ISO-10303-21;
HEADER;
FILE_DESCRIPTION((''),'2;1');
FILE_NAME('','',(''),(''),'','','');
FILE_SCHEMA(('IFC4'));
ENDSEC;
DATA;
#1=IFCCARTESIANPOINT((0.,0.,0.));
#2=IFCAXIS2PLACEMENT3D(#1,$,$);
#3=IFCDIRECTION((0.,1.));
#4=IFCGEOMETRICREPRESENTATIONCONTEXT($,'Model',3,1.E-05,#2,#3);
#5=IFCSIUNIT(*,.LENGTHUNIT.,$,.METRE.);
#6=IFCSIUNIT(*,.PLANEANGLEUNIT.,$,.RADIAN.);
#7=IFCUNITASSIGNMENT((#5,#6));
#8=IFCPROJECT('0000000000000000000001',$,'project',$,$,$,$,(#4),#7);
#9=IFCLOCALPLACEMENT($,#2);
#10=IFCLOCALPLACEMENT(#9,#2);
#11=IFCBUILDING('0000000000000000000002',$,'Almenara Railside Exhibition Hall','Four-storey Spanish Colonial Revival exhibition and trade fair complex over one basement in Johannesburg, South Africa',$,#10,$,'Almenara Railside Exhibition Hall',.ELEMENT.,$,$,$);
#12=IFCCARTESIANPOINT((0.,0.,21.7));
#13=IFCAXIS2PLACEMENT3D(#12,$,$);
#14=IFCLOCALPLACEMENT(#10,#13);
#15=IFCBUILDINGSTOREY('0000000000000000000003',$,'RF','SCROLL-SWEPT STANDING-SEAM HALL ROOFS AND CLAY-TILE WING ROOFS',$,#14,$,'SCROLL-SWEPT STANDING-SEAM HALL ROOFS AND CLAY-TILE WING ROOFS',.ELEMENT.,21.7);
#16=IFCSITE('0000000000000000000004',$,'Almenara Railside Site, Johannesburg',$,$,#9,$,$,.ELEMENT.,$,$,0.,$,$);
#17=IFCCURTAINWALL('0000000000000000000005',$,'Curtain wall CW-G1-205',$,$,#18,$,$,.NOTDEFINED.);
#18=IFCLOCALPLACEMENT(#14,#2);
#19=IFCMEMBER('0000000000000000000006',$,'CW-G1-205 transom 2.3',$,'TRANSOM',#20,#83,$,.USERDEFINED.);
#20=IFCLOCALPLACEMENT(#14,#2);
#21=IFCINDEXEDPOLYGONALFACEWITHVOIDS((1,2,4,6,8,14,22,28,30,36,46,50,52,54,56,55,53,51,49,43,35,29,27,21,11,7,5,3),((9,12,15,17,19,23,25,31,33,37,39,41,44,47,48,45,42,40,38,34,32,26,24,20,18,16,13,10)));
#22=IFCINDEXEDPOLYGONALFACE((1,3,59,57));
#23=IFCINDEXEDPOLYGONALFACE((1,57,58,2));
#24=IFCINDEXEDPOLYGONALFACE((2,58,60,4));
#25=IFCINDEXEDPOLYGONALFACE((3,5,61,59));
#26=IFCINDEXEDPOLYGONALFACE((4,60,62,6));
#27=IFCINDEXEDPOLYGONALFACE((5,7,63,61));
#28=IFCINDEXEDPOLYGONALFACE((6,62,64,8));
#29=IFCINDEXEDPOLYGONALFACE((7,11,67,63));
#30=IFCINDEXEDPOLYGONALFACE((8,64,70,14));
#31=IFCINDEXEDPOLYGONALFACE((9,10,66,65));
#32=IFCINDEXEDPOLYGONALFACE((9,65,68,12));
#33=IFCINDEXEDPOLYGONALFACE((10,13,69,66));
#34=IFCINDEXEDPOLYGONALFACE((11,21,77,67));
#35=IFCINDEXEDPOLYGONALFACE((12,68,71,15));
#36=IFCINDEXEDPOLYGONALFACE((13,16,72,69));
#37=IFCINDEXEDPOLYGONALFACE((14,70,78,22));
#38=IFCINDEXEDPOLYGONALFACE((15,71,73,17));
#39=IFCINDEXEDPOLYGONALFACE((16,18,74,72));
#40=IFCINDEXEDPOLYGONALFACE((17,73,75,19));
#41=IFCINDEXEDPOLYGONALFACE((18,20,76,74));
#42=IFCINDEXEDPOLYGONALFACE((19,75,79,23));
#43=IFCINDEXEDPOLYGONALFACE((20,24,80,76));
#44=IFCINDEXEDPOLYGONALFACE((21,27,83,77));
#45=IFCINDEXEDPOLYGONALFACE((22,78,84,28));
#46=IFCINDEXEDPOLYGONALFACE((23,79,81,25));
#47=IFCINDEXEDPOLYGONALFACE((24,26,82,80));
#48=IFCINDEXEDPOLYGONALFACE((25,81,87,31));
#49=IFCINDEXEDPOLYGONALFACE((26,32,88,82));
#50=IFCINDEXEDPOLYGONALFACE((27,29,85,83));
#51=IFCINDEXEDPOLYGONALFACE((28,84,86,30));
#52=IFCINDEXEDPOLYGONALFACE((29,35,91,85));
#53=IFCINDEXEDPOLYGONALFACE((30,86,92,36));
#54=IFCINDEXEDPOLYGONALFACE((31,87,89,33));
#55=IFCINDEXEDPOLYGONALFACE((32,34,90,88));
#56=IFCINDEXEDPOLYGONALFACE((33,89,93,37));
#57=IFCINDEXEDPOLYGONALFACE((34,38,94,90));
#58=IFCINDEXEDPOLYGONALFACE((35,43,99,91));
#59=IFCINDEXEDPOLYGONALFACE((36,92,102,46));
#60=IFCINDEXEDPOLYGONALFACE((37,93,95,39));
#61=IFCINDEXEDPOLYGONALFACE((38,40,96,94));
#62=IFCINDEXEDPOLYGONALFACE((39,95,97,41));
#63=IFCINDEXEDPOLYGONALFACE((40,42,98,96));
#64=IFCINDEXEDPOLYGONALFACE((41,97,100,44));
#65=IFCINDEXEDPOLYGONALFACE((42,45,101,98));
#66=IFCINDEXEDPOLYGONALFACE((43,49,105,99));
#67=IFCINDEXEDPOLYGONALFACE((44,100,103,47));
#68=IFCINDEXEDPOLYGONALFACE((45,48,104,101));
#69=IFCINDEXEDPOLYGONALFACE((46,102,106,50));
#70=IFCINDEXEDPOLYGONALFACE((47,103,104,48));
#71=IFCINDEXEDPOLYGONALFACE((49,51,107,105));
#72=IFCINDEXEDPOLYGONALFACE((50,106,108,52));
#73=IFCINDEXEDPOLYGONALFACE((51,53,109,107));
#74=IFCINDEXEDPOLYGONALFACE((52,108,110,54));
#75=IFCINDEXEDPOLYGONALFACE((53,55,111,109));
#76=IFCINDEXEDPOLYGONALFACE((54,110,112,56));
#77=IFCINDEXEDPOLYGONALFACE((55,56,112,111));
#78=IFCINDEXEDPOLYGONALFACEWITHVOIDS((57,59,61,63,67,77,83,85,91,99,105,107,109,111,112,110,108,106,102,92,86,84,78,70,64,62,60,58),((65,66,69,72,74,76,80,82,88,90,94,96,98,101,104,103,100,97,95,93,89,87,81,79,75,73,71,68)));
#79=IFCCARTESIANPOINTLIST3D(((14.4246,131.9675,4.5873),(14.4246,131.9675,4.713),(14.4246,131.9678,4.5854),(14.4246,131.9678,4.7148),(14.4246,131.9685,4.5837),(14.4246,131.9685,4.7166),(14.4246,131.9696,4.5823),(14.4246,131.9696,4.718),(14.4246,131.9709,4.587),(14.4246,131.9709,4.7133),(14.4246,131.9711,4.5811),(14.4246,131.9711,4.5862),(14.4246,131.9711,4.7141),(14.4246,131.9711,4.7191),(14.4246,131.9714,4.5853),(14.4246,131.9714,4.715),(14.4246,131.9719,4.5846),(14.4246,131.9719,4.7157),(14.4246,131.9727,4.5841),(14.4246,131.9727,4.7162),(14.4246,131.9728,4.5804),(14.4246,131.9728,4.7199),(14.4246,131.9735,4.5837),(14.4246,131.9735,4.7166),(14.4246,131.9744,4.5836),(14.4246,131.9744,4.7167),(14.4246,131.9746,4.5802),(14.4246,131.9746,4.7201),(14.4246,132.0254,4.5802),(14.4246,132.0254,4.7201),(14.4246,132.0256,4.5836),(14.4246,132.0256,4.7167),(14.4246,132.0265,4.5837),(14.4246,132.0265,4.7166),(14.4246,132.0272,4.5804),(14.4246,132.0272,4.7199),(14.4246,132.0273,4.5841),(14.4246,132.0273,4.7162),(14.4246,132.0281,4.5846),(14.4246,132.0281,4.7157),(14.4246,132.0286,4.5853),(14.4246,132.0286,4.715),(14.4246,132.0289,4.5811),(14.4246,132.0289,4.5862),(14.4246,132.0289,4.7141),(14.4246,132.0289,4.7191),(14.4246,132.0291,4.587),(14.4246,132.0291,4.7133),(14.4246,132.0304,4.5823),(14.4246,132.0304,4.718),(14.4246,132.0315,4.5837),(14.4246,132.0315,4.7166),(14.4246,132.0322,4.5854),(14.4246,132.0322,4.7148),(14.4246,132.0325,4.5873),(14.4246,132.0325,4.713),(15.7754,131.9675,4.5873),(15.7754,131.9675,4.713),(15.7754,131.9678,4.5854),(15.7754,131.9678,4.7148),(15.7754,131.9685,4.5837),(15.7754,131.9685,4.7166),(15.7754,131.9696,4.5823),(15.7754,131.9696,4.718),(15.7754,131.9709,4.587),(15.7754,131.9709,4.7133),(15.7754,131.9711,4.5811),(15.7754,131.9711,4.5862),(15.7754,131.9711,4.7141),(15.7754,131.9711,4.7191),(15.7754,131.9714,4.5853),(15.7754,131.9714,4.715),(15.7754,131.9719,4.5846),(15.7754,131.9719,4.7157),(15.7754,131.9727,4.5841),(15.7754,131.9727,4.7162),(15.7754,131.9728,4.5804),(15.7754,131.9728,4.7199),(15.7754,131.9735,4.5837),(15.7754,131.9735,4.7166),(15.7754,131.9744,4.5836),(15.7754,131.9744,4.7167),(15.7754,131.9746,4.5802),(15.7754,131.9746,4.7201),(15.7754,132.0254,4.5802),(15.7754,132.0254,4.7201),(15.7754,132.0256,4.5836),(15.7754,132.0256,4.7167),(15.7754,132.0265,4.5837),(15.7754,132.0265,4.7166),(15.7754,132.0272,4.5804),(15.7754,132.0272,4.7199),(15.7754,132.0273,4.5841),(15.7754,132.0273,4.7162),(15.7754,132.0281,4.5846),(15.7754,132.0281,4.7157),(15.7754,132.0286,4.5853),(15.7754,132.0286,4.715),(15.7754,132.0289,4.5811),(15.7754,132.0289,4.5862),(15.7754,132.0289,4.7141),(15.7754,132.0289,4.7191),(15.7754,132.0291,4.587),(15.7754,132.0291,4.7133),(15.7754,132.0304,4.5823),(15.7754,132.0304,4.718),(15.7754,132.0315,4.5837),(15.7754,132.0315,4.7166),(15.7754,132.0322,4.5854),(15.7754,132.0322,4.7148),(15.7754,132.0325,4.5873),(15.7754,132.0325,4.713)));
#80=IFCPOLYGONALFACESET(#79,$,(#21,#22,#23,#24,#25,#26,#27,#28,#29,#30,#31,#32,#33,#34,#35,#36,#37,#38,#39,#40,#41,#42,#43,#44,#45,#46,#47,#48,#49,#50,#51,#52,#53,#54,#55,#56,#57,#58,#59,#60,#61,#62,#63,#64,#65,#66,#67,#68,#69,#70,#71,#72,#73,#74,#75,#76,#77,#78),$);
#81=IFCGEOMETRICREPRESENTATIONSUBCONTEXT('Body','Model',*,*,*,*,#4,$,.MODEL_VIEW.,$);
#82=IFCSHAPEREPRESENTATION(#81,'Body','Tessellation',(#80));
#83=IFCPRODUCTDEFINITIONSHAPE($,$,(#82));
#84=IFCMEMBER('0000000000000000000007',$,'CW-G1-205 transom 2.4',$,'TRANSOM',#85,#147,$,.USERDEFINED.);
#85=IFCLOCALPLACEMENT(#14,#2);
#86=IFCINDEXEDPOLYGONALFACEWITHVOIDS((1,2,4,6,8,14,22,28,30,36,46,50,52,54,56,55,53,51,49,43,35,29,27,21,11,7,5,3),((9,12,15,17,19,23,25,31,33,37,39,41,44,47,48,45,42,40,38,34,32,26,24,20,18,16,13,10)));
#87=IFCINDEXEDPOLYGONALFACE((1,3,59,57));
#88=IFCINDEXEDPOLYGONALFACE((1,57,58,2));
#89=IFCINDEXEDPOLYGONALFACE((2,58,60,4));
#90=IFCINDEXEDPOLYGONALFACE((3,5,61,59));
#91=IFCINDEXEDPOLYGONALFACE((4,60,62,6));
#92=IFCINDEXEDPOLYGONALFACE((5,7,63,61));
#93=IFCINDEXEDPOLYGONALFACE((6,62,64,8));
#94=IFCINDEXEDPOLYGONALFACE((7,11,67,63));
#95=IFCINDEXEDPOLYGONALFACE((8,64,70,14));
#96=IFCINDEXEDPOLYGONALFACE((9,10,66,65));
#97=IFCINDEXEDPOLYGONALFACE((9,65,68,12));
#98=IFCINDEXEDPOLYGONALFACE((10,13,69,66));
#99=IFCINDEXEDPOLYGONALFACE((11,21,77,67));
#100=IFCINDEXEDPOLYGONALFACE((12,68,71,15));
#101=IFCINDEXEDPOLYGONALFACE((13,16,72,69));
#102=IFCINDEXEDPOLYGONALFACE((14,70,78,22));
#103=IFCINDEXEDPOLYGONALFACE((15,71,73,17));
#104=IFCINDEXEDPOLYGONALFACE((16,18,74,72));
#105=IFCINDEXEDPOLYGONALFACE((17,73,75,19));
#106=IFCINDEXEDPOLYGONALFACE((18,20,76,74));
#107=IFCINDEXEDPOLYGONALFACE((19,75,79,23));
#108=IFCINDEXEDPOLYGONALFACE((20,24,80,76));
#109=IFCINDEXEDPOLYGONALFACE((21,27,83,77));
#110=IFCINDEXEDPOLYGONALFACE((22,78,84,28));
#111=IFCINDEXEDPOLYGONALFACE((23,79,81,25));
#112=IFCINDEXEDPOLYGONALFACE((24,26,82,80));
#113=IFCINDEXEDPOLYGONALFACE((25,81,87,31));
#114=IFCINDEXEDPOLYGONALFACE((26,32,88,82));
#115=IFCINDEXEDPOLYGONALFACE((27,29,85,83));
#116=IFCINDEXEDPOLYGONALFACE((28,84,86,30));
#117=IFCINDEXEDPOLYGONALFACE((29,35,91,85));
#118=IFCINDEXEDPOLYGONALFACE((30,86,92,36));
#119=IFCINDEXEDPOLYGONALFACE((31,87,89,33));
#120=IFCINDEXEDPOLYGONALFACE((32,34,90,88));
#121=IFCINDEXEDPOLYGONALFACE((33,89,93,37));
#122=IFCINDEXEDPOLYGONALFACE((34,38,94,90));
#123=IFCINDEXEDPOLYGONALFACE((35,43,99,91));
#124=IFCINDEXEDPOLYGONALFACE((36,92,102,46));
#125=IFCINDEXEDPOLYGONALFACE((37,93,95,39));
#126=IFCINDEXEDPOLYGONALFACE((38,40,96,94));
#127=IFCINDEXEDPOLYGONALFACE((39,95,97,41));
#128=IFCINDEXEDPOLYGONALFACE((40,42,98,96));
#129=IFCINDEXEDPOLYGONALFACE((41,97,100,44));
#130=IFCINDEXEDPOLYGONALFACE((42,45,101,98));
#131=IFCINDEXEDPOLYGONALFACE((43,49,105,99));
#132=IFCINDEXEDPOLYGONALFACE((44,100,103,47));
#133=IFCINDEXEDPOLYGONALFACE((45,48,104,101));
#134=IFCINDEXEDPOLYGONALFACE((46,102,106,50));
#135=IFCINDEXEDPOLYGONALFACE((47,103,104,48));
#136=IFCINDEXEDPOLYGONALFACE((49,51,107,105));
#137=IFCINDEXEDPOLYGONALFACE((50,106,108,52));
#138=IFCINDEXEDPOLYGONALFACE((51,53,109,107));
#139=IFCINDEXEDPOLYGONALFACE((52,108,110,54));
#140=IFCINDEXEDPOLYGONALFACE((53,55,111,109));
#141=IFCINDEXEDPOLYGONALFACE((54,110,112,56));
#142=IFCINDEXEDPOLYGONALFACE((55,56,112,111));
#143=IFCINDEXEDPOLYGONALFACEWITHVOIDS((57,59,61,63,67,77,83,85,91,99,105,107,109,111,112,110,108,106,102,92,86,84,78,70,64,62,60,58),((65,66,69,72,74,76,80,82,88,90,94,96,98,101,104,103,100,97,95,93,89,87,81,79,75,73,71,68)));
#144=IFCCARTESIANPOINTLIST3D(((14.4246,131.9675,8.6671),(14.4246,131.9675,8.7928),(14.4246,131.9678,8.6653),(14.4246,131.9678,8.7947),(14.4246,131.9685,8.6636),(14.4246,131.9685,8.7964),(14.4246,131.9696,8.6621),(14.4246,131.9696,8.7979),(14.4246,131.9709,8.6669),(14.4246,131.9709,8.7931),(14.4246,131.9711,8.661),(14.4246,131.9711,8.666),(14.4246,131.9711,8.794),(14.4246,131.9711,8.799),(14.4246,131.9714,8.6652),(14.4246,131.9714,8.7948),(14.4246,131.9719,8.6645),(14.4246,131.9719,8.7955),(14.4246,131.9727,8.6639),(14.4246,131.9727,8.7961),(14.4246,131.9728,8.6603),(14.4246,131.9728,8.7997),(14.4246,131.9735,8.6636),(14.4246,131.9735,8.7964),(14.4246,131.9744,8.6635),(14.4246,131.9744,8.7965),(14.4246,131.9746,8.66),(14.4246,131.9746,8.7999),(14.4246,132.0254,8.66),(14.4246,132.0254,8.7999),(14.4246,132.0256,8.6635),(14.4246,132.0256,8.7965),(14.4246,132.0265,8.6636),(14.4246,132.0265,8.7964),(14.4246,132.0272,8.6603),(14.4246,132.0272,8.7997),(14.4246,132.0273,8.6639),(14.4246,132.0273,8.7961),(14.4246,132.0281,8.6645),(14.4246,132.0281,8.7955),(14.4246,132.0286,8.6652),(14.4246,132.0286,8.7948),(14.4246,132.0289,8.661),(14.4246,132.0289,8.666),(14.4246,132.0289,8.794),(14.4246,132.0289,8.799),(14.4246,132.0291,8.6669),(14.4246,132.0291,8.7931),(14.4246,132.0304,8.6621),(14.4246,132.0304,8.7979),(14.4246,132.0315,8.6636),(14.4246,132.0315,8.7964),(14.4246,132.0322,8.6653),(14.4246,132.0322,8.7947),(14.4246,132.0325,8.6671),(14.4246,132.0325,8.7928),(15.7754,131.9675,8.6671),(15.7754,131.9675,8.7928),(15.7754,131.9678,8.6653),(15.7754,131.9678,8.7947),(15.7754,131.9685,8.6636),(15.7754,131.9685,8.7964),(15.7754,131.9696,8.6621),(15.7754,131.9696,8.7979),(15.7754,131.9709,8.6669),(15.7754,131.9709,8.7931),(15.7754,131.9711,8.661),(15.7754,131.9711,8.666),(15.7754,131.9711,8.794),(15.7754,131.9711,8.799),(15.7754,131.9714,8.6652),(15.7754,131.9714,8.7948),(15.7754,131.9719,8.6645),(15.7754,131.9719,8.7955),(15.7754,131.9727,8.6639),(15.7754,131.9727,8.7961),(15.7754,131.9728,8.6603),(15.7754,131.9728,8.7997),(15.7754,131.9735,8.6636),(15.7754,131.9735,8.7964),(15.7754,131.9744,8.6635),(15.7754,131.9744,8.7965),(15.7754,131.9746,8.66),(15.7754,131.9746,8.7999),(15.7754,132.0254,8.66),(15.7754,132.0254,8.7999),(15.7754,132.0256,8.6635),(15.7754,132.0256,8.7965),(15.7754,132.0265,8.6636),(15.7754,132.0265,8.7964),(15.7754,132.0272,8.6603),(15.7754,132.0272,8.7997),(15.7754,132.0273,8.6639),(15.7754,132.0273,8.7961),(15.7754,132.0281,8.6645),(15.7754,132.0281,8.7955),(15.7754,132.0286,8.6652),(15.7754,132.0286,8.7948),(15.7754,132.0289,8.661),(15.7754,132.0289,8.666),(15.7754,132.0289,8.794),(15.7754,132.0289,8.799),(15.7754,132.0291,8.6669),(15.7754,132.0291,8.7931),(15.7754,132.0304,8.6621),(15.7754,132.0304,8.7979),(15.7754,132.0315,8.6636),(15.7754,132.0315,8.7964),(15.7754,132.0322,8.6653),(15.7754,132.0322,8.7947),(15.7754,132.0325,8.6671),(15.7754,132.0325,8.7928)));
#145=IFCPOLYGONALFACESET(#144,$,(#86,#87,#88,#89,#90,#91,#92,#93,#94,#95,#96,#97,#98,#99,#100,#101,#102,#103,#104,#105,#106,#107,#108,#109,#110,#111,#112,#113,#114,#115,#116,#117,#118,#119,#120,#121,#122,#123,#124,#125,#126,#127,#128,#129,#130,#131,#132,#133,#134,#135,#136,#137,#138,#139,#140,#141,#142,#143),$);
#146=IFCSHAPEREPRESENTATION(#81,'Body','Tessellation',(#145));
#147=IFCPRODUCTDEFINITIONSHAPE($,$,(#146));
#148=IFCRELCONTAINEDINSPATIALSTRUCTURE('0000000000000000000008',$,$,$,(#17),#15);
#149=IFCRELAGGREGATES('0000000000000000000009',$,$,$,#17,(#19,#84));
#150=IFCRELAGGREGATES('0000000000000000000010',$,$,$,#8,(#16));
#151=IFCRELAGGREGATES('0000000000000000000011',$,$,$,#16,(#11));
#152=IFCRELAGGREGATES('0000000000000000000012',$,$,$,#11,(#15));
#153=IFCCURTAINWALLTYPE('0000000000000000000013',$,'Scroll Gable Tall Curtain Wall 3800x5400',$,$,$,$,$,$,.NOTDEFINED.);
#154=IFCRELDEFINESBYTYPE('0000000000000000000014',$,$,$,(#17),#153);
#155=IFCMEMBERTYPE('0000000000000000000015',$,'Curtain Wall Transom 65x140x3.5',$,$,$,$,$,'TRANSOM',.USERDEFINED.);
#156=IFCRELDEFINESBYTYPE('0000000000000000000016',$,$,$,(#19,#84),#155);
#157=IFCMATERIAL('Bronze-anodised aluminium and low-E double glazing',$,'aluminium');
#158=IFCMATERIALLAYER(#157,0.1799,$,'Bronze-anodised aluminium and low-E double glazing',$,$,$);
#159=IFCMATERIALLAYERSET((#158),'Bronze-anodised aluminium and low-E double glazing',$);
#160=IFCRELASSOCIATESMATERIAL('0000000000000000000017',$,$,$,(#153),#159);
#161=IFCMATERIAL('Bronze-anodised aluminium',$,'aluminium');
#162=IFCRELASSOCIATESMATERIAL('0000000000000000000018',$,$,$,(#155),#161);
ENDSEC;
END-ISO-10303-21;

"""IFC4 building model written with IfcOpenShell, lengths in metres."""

from ifc_helpers import new_model, si_unit, direction, frame, origin, origin_2d, place, context, subcontext, project, spatial, hollow_rectangle, extrude, material, layer, layer_set, material_profile, profile_set, type_object, element, aggregate, save


model = new_model("IFC4")

# Units and contexts
model_context = context("Model", 3, precision=1e-05, world=origin(), true_north=direction((0.0, 1.0)))
body_context = subcontext(model_context, "Body", "Model", "MODEL_VIEW")
ifc_project = project(units=[si_unit("LENGTHUNIT", "METRE"), si_unit("PLANEANGLEUNIT", "RADIAN")], contexts=[model_context])

# Site, building, storey
site_placement = place(None, origin())
site = spatial("IfcSite", under=ifc_project, at=site_placement, Name="Almenara Railside Site, Johannesburg", CompositionType="ELEMENT", RefElevation=0.0)
building_placement = place(site_placement, origin())
building = spatial("IfcBuilding", under=site, at=building_placement, Name="Almenara Railside Exhibition Hall", Description="Four-storey Spanish Colonial Revival exhibition and trade fair complex over one basement in Johannesburg, South Africa", LongName="Almenara Railside Exhibition Hall", CompositionType="ELEMENT")
storey_placement = place(building_placement, frame((0.0, 0.0, 21.7)))
storey = spatial("IfcBuildingStorey", under=building, at=storey_placement, Name="RF", Description="SCROLL-SWEPT STANDING-SEAM HALL ROOFS AND CLAY-TILE WING ROOFS", LongName="SCROLL-SWEPT STANDING-SEAM HALL ROOFS AND CLAY-TILE WING ROOFS", CompositionType="ELEMENT", Elevation=21.7)

# Curtain wall, members
ifc_material_1 = material(Name="Bronze-anodised aluminium and low-E double glazing", Category="aluminium")
ifc_material_2 = material(Name="Bronze-anodised aluminium", Category="aluminium")
ifc_layer_1 = layer(ifc_material_1, 0.1799, Name="Bronze-anodised aluminium and low-E double glazing")
ifc_layer_set_1 = layer_set([ifc_layer_1], Name="Bronze-anodised aluminium and low-E double glazing")
curtain_wall_type_1 = type_object("IfcCurtainWallType", Name="Scroll Gable Tall Curtain Wall 3800x5400", PredefinedType="NOTDEFINED", material=ifc_layer_set_1)
curtain_wall_1_placement = place(storey_placement, origin())
curtain_wall_1 = element("IfcCurtainWall", 1, at=curtain_wall_1_placement, inside=storey, type_object=curtain_wall_type_1, Name="Curtain wall CW-G1-205", PredefinedType="NOTDEFINED")
ifc_material_profile_1 = material_profile(ifc_material_2, hollow_rectangle(XDim=0.0649, YDim=0.1399, WallThickness=0.0034, InnerFilletRadius=0.0034, OuterFilletRadius=0.0071, at=origin_2d()), Name="ALU-TRN 65x140x3.5")
ifc_profile_set_1 = profile_set([ifc_material_profile_1], Name="Bronze-anodised aluminium")
member_type_1 = type_object("IfcMemberType", Name="Curtain Wall Transom 65x140x3.5", ElementType="TRANSOM", PredefinedType="USERDEFINED", material=ifc_profile_set_1)
member_1_placement = place(storey_placement, frame((14.4246, 132.0, 4.6501), z_axis=(1.0, 0.0, 0.0), x_axis=(0.0, 1.0, 0.0)))
member_1 = element("IfcMember", 2, at=member_1_placement, type_object=member_type_1, Name="CW-G1-205 transom 2.3", ObjectType="TRANSOM", PredefinedType="USERDEFINED", context=body_context, shape_type="SweptSolid", body=[
    extrude(hollow_rectangle(XDim=0.0649, YDim=0.1399, WallThickness=0.0034, InnerFilletRadius=0.0034, OuterFilletRadius=0.0071, at=origin_2d()), origin(), (0.0, 0.0, 1.0), 1.3508),
])
member_2_placement = place(storey_placement, frame((14.4246, 132.0, 8.73), z_axis=(1.0, 0.0, 0.0), x_axis=(0.0, 1.0, 0.0)))
member_2 = element("IfcMember", 3, at=member_2_placement, type_object=member_type_1, Name="CW-G1-205 transom 2.4", ObjectType="TRANSOM", PredefinedType="USERDEFINED", context=body_context, shape_type="SweptSolid", body=[
    extrude(hollow_rectangle(XDim=0.0649, YDim=0.1399, WallThickness=0.0034, InnerFilletRadius=0.0034, OuterFilletRadius=0.0071, at=origin_2d()), origin(), (0.0, 0.0, 1.0), 1.3508),
])

aggregate(curtain_wall_1, [member_1, member_2])

save(model, "model.ifc")
